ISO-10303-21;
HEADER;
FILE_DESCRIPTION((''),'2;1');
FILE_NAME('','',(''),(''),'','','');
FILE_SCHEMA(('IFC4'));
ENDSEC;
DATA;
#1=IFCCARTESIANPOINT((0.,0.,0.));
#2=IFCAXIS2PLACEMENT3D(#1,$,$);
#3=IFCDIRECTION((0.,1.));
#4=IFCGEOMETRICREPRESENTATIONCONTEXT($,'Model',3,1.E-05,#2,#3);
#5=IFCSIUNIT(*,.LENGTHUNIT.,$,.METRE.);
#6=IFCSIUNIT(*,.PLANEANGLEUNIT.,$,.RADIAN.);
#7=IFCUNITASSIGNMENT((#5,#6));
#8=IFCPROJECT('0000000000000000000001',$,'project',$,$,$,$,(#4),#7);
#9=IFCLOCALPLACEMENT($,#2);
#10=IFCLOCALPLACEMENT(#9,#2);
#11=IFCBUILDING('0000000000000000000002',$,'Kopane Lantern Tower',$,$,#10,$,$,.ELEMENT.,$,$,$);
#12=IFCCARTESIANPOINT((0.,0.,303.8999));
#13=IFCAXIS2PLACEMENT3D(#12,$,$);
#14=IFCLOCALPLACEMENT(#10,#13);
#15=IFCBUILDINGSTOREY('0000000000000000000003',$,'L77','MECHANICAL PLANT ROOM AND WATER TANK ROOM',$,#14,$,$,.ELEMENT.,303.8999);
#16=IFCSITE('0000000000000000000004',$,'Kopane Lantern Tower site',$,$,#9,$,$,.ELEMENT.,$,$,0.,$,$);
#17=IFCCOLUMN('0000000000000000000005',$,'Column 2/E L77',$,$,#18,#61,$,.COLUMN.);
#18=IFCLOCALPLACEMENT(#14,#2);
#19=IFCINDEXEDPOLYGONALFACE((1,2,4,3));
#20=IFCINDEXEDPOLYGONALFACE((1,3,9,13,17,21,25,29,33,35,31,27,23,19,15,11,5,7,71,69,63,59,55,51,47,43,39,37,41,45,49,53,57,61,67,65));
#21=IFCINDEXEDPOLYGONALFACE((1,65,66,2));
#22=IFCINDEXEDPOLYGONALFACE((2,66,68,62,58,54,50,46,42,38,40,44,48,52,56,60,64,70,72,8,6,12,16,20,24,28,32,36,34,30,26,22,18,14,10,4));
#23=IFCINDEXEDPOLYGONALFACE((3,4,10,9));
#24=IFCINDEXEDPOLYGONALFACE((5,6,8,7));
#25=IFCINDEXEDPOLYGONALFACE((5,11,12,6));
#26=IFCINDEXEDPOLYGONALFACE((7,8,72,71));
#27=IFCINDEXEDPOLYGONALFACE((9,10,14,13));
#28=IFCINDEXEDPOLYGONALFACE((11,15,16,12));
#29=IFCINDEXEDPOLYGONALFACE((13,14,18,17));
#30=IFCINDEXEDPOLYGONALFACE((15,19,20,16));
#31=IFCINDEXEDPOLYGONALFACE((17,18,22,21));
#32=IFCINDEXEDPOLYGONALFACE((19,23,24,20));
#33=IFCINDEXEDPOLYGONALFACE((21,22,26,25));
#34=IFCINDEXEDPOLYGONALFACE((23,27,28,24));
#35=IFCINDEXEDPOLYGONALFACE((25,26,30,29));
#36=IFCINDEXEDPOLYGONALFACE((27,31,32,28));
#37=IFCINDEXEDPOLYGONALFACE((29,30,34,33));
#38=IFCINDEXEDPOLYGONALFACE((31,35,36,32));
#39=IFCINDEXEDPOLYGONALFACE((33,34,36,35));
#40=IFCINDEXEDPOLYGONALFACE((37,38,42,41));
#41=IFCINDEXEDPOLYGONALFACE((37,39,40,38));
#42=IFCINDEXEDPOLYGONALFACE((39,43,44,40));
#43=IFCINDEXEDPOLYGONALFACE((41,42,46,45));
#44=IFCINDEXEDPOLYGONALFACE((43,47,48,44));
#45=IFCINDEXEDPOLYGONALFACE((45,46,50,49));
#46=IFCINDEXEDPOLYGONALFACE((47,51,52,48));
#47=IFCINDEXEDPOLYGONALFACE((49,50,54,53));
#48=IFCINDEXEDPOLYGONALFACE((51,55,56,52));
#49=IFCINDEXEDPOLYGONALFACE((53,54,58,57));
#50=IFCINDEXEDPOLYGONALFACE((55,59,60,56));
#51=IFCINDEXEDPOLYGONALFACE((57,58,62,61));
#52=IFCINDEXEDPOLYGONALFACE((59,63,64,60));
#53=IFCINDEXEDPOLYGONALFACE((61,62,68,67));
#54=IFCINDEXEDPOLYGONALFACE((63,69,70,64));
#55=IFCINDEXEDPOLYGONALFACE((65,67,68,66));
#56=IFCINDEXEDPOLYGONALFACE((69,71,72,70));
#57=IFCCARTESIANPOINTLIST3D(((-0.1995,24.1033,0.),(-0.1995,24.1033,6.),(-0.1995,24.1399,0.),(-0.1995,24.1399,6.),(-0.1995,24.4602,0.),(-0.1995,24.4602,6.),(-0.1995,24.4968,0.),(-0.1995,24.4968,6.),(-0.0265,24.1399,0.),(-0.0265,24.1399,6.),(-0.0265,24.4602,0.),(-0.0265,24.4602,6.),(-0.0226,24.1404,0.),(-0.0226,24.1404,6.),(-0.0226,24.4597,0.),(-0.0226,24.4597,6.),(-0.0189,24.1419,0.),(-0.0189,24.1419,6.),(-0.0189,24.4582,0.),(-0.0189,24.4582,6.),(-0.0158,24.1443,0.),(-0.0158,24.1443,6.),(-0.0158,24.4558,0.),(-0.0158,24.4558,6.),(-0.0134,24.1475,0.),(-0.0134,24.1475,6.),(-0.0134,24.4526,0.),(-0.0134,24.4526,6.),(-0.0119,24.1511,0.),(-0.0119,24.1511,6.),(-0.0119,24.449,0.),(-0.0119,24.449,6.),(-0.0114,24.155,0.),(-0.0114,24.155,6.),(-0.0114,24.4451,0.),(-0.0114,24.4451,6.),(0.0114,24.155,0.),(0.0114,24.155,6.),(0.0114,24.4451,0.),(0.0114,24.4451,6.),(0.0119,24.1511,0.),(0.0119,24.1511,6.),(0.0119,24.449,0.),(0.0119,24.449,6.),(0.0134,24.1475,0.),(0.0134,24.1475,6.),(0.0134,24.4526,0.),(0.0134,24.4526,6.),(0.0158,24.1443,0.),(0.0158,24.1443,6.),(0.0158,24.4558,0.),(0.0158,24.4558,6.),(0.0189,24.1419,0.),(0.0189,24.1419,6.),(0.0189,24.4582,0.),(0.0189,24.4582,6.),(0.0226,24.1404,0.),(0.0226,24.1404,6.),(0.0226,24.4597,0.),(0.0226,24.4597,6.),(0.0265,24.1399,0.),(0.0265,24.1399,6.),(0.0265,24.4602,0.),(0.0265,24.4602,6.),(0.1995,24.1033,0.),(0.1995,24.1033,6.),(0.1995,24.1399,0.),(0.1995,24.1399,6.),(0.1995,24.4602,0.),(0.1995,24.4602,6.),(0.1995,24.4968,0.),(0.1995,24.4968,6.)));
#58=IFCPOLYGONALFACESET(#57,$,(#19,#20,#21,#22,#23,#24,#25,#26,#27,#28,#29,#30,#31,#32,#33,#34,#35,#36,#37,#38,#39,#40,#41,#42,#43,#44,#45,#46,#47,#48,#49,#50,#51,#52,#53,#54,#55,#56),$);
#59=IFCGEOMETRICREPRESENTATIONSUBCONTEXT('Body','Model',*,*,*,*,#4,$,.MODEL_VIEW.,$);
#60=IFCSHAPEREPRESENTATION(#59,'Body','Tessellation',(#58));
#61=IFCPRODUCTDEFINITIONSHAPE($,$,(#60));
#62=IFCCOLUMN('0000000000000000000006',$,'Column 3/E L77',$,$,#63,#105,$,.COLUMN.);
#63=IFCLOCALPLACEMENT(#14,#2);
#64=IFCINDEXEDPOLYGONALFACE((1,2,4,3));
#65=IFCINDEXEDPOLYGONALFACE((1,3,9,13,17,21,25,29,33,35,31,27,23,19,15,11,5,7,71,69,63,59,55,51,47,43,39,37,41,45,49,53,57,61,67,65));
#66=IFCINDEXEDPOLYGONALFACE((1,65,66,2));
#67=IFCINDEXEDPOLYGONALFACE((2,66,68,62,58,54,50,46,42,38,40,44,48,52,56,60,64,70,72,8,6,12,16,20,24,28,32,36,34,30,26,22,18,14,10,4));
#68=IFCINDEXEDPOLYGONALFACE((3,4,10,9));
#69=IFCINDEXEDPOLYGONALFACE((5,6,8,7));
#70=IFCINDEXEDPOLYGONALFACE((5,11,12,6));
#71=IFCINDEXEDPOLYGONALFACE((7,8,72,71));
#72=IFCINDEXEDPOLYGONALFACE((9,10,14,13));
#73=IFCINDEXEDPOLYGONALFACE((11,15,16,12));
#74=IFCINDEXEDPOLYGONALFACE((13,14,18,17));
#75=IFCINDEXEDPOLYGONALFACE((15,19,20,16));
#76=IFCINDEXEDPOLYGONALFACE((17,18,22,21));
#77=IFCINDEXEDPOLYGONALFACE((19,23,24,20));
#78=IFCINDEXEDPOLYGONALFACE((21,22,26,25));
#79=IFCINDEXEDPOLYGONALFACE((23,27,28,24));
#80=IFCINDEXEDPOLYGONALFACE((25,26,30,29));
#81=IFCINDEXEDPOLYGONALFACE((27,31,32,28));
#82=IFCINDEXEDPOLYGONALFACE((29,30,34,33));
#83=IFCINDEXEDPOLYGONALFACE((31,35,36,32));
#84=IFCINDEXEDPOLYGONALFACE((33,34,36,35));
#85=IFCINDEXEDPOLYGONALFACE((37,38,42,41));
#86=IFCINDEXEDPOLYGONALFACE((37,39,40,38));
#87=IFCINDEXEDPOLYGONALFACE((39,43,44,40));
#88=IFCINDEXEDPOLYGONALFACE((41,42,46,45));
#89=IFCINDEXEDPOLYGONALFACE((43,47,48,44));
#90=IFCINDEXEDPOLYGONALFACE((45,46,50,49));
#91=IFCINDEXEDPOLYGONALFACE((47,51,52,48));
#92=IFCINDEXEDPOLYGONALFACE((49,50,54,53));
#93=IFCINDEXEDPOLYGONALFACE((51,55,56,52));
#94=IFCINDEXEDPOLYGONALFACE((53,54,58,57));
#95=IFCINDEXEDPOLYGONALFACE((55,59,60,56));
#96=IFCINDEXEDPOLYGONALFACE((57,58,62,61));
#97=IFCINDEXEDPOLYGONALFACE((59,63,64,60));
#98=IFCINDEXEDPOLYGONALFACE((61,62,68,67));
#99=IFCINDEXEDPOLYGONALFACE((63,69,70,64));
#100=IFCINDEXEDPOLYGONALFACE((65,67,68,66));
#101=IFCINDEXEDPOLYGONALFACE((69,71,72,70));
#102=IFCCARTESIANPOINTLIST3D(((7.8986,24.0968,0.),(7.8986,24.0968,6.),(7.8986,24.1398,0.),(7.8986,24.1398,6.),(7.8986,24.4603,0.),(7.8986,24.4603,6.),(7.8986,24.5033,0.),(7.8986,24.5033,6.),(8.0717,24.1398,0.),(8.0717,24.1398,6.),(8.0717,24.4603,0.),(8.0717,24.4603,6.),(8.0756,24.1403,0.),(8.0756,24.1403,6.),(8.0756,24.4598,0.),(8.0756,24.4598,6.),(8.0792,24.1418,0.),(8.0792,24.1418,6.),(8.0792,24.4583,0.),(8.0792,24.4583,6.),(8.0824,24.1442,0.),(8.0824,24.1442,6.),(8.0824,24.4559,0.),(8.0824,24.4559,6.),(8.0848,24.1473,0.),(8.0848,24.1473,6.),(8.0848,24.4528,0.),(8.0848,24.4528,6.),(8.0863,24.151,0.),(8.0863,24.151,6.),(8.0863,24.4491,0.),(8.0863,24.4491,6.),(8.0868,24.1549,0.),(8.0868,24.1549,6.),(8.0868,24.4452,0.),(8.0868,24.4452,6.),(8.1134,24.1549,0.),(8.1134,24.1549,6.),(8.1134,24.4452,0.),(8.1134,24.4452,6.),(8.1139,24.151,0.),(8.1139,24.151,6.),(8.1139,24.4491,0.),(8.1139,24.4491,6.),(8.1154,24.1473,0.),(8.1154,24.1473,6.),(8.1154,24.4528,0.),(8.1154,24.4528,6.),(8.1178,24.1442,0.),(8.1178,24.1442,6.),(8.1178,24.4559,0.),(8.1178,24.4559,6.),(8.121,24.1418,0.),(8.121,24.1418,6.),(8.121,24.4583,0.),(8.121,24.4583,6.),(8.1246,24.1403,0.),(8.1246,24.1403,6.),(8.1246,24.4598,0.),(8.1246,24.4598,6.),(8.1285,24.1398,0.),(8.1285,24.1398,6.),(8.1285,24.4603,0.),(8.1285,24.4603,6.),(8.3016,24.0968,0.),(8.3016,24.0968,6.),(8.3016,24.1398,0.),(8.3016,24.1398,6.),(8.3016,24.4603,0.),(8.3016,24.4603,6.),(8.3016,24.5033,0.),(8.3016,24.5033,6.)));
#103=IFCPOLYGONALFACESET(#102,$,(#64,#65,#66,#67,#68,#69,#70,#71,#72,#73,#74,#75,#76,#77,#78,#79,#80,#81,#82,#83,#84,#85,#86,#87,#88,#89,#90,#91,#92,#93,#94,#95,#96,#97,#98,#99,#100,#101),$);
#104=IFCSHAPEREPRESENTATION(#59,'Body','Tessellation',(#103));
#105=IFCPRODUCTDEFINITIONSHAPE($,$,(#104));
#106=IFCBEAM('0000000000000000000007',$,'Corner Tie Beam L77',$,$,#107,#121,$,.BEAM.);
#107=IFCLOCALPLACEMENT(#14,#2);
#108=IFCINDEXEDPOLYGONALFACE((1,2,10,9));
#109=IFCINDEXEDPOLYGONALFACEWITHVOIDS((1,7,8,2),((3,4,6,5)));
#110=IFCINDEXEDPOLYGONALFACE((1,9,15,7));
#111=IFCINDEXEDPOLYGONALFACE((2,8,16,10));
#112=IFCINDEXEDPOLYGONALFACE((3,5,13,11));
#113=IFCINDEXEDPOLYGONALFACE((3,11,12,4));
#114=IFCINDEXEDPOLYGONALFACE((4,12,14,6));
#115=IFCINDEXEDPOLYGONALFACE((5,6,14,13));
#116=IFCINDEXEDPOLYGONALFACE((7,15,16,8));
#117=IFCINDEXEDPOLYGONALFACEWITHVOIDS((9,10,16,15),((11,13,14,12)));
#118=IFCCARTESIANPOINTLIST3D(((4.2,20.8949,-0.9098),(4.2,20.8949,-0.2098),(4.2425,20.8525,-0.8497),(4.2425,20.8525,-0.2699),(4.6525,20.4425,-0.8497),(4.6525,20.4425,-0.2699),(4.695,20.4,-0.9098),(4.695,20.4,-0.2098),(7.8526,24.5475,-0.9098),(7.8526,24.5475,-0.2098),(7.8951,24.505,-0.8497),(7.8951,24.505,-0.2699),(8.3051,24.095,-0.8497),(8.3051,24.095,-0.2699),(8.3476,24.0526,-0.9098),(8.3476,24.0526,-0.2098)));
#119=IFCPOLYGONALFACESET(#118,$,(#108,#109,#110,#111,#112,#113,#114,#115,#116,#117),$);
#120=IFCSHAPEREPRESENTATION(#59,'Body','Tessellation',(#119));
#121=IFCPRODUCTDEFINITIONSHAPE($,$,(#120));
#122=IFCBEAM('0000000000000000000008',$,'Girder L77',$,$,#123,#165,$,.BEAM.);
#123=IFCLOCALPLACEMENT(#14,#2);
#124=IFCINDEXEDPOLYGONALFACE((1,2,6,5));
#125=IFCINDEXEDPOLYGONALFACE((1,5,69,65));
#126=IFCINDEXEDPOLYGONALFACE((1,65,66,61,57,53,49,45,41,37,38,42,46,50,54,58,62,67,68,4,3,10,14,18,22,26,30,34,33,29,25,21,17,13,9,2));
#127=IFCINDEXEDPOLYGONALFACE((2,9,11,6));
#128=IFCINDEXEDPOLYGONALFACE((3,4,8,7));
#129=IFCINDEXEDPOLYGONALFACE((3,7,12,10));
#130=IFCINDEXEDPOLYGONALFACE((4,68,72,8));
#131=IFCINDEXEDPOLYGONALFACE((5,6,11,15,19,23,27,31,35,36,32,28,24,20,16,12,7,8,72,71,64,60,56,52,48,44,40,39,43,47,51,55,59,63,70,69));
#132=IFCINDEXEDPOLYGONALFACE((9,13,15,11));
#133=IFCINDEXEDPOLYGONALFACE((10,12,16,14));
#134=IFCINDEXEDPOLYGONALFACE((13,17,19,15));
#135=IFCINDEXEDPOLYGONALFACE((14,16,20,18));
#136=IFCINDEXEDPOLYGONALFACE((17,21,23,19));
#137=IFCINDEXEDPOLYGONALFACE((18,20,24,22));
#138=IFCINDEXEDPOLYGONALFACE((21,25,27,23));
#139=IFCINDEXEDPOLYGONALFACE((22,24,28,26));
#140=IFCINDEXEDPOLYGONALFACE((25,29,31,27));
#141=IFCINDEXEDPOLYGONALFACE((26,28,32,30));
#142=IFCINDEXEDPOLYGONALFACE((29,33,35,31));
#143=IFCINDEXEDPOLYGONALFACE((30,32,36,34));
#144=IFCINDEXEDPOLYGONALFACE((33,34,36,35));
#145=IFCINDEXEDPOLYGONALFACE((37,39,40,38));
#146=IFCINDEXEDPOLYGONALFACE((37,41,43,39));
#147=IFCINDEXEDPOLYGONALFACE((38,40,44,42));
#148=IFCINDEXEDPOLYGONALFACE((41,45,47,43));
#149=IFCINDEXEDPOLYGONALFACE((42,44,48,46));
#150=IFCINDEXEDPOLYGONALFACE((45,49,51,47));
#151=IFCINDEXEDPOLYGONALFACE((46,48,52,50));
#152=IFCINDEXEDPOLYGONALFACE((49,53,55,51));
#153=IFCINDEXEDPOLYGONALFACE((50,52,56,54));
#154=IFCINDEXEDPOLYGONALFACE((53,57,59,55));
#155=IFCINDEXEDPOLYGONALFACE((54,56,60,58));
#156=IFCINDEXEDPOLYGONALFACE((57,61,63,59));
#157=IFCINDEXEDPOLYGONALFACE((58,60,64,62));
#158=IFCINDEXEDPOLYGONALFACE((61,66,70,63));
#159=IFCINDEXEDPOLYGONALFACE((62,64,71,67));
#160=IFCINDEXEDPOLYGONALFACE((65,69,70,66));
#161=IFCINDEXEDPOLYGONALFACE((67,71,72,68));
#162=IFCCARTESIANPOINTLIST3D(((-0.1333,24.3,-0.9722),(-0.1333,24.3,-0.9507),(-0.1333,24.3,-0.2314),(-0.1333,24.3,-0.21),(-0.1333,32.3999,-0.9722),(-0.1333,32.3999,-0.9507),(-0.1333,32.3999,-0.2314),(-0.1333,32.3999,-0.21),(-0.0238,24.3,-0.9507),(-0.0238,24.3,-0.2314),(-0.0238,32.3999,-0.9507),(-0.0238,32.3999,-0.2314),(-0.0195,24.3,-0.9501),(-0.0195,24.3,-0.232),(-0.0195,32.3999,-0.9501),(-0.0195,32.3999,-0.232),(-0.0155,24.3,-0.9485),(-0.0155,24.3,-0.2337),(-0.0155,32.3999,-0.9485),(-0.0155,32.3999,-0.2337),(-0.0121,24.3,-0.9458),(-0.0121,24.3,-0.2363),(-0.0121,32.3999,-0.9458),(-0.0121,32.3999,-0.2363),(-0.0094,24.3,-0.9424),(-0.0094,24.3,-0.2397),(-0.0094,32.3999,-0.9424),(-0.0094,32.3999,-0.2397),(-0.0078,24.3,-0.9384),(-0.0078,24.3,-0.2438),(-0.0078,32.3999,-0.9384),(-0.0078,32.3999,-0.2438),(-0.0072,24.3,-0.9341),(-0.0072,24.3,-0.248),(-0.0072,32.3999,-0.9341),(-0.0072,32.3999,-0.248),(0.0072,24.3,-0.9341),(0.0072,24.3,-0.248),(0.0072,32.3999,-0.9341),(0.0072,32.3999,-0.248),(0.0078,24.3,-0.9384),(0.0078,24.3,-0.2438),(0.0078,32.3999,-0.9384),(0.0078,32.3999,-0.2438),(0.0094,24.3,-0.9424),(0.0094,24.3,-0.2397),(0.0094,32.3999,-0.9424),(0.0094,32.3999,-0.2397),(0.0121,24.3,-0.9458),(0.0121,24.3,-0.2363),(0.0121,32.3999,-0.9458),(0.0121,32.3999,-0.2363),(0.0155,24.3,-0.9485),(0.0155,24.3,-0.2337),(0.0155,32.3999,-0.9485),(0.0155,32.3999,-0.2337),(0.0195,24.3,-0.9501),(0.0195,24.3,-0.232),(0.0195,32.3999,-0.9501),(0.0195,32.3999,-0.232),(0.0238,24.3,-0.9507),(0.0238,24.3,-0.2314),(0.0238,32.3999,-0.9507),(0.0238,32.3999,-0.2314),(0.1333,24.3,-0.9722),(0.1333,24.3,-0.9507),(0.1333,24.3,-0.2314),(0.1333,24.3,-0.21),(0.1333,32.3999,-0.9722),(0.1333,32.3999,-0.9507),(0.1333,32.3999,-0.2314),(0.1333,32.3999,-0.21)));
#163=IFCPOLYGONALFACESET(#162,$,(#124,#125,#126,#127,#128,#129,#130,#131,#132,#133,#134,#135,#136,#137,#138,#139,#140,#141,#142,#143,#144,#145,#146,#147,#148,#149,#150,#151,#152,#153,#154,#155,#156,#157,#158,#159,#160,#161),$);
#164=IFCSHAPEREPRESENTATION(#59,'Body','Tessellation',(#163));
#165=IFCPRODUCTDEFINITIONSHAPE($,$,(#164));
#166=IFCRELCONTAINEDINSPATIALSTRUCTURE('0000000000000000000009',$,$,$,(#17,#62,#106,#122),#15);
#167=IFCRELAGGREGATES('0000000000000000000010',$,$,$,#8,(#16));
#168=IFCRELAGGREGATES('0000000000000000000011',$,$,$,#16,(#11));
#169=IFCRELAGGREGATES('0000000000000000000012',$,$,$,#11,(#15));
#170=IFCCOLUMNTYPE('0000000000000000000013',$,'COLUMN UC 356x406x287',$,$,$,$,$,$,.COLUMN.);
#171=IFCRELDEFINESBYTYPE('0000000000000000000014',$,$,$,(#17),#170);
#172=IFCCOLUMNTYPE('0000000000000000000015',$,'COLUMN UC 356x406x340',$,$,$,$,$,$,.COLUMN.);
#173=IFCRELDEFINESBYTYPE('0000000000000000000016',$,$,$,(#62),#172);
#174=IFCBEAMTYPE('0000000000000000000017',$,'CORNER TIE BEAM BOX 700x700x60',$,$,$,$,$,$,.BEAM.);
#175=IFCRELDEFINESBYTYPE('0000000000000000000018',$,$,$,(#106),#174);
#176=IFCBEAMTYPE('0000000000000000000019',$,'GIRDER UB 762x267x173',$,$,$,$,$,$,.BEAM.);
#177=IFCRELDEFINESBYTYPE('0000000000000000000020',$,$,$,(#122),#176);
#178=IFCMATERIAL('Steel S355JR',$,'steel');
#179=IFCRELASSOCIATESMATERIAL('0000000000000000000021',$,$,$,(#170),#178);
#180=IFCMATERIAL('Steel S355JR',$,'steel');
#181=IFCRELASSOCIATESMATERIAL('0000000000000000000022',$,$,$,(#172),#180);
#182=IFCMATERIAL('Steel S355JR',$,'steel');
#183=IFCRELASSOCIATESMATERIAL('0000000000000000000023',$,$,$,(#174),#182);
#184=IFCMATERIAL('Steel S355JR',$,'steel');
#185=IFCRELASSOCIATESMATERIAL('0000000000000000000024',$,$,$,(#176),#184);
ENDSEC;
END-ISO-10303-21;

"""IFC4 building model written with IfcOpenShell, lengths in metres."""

from ifc_helpers import new_model, si_unit, direction, frame, origin, origin_2d, place, context, subcontext, project, spatial, hollow_rectangle, i_section, extrude, material, material_profile, profile_set, type_object, element, save


model = new_model("IFC4")

# Units and contexts
model_context = context("Model", 3, precision=1e-05, world=origin(), true_north=direction((0.0, 1.0)))
body_context = subcontext(model_context, "Body", "Model", "MODEL_VIEW")
ifc_project = project(units=[si_unit("LENGTHUNIT", "METRE"), si_unit("PLANEANGLEUNIT", "RADIAN")], contexts=[model_context])

# Site, building, storey
site_placement = place(None, origin())
site = spatial("IfcSite", under=ifc_project, at=site_placement, Name="Kopane Lantern Tower site", CompositionType="ELEMENT", RefElevation=0.0)
building_placement = place(site_placement, origin())
building = spatial("IfcBuilding", under=site, at=building_placement, Name="Kopane Lantern Tower", CompositionType="ELEMENT")
storey_placement = place(building_placement, frame((0.0, 0.0, 303.8999)))
storey = spatial("IfcBuildingStorey", under=building, at=storey_placement, Name="L77", Description="MECHANICAL PLANT ROOM AND WATER TANK ROOM", CompositionType="ELEMENT", Elevation=303.8999)

# Columns
ifc_material_1 = material(Name="Steel S355JR", Category="steel")
ifc_material_profile_1 = material_profile(ifc_material_1, i_section(OverallWidth=0.3989, OverallDepth=0.3936, WebThickness=0.0227, FlangeThickness=0.0366, FilletRadius=0.0151, at=origin_2d()), Name="UC 356x406x287")
ifc_profile_set_1 = profile_set([ifc_material_profile_1], Name="Steel S355JR")
column_type_1 = type_object("IfcColumnType", Name="COLUMN UC 356x406x287", PredefinedType="COLUMN", material=ifc_profile_set_1)
column_1_placement = place(storey_placement, frame((0.0, 24.3, 0.0), z_axis=(0.0, 0.0, 1.0), x_axis=(1.0, 0.0, 0.0)))
element("IfcColumn", 1, at=column_1_placement, inside=storey, type_object=column_type_1, Name="Column 2/E L77", PredefinedType="COLUMN", context=body_context, shape_type="SweptSolid", body=[
    extrude(i_section(OverallWidth=0.3989, OverallDepth=0.3936, WebThickness=0.0227, FlangeThickness=0.0366, FilletRadius=0.0151, at=origin_2d()), origin(), (0.0, 0.0, 1.0), 6.0),
])
ifc_material_2 = material(Name="Steel S355JR", Category="steel")
ifc_material_profile_2 = material_profile(ifc_material_2, i_section(OverallWidth=0.4031, OverallDepth=0.4065, WebThickness=0.0266, FlangeThickness=0.043, FilletRadius=0.0151, at=origin_2d()), Name="UC 356x406x340")
ifc_profile_set_2 = profile_set([ifc_material_profile_2], Name="Steel S355JR")
column_type_2 = type_object("IfcColumnType", Name="COLUMN UC 356x406x340", PredefinedType="COLUMN", material=ifc_profile_set_2)
column_2_placement = place(storey_placement, frame((8.1001, 24.3, 0.0), z_axis=(0.0, 0.0, 1.0), x_axis=(1.0, 0.0, 0.0)))
element("IfcColumn", 2, at=column_2_placement, inside=storey, type_object=column_type_2, Name="Column 3/E L77", PredefinedType="COLUMN", context=body_context, shape_type="SweptSolid", body=[
    extrude(i_section(OverallWidth=0.4031, OverallDepth=0.4065, WebThickness=0.0266, FlangeThickness=0.043, FilletRadius=0.0151, at=origin_2d()), origin(), (0.0, 0.0, 1.0), 6.0),
])

# Beams
ifc_material_3 = material(Name="Steel S355JR", Category="steel")
ifc_material_profile_3 = material_profile(ifc_material_3, hollow_rectangle(XDim=0.7, YDim=0.7, WallThickness=0.0601, at=origin_2d()), Name="BOX 700x700x60")
ifc_profile_set_3 = profile_set([ifc_material_profile_3], Name="Steel S355JR")
beam_type_1 = type_object("IfcBeamType", Name="CORNER TIE BEAM BOX 700x700x60", PredefinedType="BEAM", material=ifc_profile_set_3)
beam_1_placement = place(storey_placement, frame((4.4475, 20.6475, -0.5598), z_axis=(0.707107, 0.707107, 0.0), x_axis=(-0.707107, 0.707107, 0.0)))
element("IfcBeam", 3, at=beam_1_placement, inside=storey, type_object=beam_type_1, Name="Corner Tie Beam L77", PredefinedType="BEAM", context=body_context, shape_type="SweptSolid", body=[
    extrude(hollow_rectangle(XDim=0.7, YDim=0.7, WallThickness=0.0601, at=origin_2d()), origin(), (0.0, 0.0, 1.0), 5.1655),
])
ifc_material_4 = material(Name="Steel S355JR", Category="steel")
ifc_material_profile_4 = material_profile(ifc_material_4, i_section(OverallWidth=0.2666, OverallDepth=0.7622, WebThickness=0.0144, FlangeThickness=0.0215, FilletRadius=0.0166, at=origin_2d()), Name="UB 762x267x173")
ifc_profile_set_4 = profile_set([ifc_material_profile_4], Name="Steel S355JR")
beam_type_2 = type_object("IfcBeamType", Name="GIRDER UB 762x267x173", PredefinedType="BEAM", material=ifc_profile_set_4)
beam_2_placement = place(storey_placement, frame((0.0, 24.3, -0.5911), z_axis=(0.0, 1.0, 0.0), x_axis=(-1.0, 0.0, 0.0)))
element("IfcBeam", 4, at=beam_2_placement, inside=storey, type_object=beam_type_2, Name="Girder L77", PredefinedType="BEAM", context=body_context, shape_type="SweptSolid", body=[
    extrude(i_section(OverallWidth=0.2666, OverallDepth=0.7622, WebThickness=0.0144, FlangeThickness=0.0215, FilletRadius=0.0166, at=origin_2d()), origin(), (0.0, 0.0, 1.0), 8.0999),
])

save(model, "model.ifc")
